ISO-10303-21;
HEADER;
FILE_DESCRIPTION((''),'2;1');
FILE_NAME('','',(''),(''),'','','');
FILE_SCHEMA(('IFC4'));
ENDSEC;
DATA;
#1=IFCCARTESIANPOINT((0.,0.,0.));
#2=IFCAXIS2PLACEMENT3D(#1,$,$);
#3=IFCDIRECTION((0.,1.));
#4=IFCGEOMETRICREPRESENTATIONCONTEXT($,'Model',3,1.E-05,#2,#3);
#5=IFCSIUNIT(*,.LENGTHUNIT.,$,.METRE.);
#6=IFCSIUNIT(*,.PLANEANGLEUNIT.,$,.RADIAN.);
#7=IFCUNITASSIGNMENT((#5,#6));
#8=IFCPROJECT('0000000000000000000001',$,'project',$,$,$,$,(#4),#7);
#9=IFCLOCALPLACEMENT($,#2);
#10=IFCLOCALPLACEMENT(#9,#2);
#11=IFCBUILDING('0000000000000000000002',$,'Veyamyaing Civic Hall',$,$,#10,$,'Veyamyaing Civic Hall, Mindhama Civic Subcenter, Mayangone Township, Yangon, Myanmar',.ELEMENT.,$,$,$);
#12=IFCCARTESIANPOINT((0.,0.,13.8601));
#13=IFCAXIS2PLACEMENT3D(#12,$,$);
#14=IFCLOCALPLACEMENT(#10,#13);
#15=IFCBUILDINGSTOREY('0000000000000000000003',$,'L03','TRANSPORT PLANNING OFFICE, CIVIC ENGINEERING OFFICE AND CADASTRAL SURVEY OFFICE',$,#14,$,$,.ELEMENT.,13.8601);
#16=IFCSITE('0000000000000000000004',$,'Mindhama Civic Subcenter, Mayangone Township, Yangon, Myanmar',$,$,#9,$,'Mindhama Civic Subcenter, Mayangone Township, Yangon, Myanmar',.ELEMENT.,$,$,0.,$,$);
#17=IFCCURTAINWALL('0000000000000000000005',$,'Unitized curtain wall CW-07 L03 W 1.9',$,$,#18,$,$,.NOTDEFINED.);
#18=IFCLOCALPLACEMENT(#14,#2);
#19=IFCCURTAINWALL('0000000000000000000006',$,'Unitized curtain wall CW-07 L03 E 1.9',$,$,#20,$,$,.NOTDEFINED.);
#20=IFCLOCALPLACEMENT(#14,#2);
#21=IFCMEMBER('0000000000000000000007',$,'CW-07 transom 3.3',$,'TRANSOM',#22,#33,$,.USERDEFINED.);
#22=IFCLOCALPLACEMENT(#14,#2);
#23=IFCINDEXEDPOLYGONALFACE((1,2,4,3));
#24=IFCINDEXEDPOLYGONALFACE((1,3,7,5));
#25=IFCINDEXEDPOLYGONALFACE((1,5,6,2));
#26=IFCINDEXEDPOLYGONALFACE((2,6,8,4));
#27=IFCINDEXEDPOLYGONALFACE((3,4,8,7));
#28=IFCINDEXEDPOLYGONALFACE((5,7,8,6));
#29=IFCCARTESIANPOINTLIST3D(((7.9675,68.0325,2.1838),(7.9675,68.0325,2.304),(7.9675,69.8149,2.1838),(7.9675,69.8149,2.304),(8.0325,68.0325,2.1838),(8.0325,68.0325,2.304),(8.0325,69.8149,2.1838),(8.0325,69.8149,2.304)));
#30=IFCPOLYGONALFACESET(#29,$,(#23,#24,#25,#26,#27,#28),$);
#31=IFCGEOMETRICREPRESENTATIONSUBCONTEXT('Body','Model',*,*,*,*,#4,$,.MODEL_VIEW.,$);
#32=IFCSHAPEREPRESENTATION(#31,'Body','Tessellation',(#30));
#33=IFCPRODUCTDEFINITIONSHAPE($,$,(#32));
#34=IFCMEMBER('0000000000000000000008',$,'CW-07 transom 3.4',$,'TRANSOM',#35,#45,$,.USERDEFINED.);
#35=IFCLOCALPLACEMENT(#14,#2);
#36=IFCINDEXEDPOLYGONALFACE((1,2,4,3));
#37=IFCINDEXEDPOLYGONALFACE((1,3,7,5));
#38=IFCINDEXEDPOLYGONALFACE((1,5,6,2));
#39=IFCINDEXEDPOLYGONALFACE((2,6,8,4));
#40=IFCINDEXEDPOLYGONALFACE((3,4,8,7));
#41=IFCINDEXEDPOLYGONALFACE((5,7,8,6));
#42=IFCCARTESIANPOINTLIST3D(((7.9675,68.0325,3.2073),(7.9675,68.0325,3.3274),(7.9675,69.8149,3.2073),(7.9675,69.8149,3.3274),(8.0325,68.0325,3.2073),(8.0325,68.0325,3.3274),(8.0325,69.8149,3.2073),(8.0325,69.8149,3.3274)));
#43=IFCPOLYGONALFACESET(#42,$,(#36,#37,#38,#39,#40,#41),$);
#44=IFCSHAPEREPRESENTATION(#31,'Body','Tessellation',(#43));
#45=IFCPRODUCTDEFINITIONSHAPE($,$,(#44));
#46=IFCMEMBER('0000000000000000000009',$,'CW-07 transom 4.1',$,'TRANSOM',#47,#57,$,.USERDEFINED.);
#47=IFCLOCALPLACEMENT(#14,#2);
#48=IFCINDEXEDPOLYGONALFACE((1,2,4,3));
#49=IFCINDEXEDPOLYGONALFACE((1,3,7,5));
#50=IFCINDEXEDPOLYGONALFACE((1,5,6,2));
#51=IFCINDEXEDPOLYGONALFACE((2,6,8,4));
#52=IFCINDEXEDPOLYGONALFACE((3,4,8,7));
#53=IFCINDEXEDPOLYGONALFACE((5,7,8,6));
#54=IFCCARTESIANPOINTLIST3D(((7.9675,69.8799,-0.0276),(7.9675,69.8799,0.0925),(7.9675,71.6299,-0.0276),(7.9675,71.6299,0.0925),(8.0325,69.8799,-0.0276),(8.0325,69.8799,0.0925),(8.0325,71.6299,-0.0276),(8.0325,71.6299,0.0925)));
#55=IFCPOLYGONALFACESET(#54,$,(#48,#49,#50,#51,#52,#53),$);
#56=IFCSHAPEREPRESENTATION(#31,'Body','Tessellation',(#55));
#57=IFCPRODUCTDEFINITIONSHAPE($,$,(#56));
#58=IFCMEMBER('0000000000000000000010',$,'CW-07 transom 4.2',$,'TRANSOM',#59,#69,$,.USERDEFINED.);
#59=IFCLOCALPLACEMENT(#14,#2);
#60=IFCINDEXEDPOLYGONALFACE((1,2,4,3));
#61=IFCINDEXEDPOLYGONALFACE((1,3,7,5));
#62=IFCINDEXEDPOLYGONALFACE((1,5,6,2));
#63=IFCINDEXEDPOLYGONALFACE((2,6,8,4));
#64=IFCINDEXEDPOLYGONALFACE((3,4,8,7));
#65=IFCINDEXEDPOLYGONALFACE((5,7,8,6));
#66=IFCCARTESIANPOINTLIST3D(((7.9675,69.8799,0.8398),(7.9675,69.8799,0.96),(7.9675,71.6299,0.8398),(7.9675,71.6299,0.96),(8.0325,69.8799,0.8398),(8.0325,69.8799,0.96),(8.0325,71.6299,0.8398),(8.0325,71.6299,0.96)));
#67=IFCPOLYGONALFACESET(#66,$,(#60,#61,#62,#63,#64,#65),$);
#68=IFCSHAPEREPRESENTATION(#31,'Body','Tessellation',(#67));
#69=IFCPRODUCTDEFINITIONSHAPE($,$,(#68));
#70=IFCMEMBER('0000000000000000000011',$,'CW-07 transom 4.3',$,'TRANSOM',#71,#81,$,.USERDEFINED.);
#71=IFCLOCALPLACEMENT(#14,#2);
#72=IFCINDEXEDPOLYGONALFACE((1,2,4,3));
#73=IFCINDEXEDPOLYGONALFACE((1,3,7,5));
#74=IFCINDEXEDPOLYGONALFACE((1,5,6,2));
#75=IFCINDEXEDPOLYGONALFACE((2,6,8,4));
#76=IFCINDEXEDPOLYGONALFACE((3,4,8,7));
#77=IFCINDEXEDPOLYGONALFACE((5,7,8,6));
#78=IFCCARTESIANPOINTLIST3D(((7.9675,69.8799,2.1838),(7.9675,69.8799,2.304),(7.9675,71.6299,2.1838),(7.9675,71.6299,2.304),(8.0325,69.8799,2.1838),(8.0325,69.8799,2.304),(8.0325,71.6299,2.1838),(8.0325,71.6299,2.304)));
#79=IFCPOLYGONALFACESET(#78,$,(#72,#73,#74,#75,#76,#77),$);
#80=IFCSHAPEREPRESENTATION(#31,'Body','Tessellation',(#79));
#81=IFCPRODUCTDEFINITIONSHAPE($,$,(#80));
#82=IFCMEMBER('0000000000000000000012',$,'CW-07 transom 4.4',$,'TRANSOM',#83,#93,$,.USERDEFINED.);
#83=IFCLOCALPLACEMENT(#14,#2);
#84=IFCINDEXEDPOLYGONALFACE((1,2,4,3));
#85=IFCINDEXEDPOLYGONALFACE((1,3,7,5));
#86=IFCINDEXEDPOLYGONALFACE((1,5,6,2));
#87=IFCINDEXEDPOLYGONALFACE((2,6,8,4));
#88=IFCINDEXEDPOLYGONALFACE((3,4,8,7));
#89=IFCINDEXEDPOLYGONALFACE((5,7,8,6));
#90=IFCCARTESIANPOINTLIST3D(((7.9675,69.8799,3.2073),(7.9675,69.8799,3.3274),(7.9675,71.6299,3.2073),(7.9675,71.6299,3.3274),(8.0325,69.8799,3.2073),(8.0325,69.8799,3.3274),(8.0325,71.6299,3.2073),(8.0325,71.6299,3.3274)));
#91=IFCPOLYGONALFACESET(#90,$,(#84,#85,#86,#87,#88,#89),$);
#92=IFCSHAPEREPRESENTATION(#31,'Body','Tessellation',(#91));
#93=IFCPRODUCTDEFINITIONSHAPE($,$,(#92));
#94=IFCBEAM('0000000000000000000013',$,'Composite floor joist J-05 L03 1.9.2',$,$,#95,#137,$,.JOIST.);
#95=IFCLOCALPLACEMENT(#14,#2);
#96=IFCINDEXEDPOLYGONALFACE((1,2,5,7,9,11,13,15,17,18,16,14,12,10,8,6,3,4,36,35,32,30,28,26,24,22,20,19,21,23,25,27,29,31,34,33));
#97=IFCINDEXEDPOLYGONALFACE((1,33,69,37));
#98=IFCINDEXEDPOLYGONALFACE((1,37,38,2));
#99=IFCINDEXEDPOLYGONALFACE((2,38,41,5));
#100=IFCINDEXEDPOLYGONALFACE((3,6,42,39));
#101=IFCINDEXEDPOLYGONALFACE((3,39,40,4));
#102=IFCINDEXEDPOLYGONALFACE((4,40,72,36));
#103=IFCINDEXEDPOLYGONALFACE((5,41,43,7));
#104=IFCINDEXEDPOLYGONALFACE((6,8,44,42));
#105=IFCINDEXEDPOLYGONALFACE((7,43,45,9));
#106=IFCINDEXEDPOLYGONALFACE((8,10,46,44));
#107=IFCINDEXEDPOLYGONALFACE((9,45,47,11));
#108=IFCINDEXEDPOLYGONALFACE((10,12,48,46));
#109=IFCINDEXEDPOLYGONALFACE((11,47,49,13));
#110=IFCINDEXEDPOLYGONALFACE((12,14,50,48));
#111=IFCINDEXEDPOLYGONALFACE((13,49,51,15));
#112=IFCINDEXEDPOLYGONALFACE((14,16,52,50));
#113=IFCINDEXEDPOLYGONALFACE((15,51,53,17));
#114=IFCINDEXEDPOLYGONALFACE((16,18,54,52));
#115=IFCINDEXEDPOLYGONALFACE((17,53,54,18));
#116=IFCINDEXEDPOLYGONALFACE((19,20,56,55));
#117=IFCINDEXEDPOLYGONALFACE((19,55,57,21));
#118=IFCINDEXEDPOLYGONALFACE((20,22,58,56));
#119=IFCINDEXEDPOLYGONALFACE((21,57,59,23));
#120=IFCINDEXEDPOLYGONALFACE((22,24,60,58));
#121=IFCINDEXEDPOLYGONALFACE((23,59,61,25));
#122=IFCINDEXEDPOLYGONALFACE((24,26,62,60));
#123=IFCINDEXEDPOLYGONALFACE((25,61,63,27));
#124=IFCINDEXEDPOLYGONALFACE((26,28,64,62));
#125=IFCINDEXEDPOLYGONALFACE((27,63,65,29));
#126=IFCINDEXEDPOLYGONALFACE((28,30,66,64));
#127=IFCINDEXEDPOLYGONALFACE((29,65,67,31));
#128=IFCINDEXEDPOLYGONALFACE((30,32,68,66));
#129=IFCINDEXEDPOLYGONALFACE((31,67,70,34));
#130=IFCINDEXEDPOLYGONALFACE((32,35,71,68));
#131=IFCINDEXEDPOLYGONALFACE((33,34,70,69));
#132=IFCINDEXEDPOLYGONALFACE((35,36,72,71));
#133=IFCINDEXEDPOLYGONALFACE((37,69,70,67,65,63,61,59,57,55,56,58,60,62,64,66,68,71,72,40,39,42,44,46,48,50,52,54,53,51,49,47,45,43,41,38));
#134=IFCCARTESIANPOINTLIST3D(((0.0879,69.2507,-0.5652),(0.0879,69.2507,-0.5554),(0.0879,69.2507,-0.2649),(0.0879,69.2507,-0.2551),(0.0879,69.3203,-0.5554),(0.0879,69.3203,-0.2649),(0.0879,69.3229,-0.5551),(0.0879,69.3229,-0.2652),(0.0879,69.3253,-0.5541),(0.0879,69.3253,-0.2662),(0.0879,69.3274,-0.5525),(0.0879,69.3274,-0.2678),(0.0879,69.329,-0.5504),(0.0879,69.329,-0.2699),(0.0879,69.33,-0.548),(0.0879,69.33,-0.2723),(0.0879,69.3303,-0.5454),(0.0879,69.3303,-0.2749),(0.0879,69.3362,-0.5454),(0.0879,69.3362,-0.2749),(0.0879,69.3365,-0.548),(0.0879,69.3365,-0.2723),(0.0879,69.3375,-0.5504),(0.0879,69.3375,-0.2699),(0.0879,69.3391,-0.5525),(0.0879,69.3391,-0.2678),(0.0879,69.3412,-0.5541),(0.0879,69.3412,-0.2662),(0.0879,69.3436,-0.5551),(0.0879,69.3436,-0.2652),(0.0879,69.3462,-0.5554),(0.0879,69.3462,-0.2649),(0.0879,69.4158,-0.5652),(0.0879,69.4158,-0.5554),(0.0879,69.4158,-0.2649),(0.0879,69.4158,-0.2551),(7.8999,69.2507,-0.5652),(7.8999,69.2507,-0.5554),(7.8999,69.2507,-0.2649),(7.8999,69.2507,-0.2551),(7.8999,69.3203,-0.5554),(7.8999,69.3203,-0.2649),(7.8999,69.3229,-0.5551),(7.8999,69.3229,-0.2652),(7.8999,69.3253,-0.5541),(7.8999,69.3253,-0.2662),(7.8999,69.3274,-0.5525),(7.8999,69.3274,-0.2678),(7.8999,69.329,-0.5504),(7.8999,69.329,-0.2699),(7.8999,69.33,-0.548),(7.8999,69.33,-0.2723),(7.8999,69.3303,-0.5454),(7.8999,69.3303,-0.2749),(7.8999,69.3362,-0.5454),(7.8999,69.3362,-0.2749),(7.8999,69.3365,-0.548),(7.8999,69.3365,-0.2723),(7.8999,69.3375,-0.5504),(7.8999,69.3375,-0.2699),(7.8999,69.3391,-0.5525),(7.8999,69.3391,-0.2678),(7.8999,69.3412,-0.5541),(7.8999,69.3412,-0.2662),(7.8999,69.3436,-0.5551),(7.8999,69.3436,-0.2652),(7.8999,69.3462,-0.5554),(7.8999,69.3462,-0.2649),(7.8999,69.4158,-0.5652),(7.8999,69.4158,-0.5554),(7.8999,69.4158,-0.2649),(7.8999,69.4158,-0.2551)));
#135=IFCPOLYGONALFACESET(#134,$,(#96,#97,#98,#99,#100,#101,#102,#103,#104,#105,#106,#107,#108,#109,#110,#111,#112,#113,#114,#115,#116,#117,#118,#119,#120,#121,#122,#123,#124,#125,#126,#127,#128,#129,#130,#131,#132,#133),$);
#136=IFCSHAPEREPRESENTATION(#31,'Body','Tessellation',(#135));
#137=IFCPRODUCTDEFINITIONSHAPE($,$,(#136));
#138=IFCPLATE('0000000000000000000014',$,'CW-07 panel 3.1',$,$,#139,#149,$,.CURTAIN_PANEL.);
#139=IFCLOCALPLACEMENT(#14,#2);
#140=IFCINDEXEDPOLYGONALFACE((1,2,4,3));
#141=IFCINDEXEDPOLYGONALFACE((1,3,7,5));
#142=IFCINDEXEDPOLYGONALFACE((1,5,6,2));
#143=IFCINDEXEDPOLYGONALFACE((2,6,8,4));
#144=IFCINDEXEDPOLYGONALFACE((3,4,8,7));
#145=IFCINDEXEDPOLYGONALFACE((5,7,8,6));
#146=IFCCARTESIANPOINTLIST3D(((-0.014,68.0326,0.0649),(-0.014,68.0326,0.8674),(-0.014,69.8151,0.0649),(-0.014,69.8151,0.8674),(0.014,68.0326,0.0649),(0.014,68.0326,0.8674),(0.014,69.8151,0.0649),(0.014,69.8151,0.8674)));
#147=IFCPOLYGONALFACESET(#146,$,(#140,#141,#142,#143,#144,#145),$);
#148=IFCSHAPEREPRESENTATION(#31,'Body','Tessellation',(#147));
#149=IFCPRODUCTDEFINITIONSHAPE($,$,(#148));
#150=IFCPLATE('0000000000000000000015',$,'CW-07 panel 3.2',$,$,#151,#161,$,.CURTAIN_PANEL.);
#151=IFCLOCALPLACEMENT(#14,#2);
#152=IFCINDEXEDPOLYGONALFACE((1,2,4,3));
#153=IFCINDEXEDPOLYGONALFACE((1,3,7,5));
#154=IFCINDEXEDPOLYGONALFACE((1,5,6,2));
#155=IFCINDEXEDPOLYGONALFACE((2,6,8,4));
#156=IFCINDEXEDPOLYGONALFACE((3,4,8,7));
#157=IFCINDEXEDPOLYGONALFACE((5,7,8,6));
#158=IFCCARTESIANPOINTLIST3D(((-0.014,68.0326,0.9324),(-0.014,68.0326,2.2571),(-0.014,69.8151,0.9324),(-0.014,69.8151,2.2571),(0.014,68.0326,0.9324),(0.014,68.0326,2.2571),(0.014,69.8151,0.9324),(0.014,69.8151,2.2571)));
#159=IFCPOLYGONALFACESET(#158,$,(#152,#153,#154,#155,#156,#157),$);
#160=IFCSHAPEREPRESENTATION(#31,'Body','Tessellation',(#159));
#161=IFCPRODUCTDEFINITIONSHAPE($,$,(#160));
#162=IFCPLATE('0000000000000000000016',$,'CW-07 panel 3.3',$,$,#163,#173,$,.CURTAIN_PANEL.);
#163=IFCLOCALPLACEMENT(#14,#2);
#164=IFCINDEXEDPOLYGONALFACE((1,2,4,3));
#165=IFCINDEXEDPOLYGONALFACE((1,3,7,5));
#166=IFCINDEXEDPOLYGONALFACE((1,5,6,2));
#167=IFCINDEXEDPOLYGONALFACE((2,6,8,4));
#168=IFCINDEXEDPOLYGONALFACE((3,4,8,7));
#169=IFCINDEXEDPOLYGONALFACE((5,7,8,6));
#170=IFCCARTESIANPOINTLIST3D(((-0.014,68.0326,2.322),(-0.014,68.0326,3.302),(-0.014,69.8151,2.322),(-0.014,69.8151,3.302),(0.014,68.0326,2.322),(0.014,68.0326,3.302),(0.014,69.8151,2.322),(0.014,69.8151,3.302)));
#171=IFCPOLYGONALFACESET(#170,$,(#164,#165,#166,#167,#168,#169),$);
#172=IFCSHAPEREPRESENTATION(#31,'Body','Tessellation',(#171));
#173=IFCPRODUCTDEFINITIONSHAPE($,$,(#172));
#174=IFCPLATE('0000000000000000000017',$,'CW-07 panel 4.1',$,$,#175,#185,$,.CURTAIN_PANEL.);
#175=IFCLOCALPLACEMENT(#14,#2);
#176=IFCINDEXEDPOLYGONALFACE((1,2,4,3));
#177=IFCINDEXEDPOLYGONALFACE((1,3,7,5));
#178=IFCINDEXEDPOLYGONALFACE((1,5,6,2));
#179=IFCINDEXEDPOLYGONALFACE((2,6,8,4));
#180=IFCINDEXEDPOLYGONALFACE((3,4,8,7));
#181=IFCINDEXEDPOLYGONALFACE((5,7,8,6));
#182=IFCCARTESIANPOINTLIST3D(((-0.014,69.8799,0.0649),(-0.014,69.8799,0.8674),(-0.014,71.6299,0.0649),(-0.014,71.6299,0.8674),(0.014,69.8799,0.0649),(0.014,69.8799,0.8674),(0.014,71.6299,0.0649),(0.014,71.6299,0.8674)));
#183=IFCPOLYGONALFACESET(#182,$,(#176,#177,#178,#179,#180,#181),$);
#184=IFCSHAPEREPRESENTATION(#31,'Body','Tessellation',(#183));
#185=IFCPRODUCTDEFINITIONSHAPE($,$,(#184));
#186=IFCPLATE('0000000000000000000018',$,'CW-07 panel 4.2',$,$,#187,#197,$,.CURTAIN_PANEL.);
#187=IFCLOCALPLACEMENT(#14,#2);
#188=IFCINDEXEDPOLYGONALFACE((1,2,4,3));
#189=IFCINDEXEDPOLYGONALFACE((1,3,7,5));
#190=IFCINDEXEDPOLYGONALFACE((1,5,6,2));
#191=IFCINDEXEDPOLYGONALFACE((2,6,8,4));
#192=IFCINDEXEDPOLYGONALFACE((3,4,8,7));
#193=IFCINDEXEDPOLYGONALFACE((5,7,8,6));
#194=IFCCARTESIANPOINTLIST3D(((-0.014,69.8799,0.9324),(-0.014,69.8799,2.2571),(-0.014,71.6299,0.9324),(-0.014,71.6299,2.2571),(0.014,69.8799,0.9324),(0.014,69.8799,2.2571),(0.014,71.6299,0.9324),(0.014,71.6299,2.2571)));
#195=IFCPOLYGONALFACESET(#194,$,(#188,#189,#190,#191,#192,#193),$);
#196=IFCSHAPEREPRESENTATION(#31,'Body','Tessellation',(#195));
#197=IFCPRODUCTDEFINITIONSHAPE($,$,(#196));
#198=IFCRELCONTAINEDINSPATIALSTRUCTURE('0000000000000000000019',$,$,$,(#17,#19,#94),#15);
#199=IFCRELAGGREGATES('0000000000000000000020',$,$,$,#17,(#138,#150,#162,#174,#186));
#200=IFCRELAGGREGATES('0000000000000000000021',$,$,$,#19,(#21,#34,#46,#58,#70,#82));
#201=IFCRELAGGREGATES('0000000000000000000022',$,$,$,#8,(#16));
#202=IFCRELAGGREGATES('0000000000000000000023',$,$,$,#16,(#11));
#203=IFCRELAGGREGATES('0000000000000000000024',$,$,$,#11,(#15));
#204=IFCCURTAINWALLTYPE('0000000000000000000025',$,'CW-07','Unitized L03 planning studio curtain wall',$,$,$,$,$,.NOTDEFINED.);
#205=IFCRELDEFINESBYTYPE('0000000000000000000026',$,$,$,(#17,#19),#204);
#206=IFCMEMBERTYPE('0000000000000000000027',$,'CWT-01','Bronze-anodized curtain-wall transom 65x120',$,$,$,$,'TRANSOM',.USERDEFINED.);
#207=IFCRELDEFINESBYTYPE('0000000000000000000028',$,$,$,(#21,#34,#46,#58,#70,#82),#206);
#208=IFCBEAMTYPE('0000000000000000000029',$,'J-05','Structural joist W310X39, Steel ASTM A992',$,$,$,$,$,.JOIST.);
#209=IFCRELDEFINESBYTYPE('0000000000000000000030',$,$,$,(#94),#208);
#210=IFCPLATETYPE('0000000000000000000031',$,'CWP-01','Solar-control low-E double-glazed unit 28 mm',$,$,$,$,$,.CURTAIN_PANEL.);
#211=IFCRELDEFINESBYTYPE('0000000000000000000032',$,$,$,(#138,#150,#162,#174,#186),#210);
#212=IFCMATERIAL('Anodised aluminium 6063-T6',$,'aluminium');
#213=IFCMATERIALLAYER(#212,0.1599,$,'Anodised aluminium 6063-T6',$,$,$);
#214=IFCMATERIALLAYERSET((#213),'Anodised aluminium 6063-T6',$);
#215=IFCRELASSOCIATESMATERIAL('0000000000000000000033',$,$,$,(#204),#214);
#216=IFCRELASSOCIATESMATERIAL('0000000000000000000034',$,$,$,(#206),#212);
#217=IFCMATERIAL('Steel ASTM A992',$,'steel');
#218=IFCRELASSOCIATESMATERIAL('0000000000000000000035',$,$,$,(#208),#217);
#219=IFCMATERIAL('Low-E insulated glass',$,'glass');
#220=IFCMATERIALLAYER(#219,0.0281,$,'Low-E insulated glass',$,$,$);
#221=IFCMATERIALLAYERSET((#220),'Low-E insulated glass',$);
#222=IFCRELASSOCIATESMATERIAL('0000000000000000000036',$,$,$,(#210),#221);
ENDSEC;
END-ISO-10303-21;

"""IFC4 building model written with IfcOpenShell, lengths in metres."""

from ifc_helpers import new_model, si_unit, direction, frame, origin, origin_2d, place, context, subcontext, project, spatial, rectangle, i_section, extrude, material, layer, layer_set, material_profile, profile_set, type_object, element, aggregate, save


model = new_model("IFC4")

# Units and contexts
model_context = context("Model", 3, precision=1e-05, world=origin(), true_north=direction((0.0, 1.0)))
body_context = subcontext(model_context, "Body", "Model", "MODEL_VIEW")
ifc_project = project(units=[si_unit("LENGTHUNIT", "METRE"), si_unit("PLANEANGLEUNIT", "RADIAN")], contexts=[model_context])

# Site, building, storey
site_placement = place(None, origin())
site = spatial("IfcSite", under=ifc_project, at=site_placement, Name="Mindhama Civic Subcenter, Mayangone Township, Yangon, Myanmar", LongName="Mindhama Civic Subcenter, Mayangone Township, Yangon, Myanmar", CompositionType="ELEMENT", RefElevation=0.0)
building_placement = place(site_placement, origin())
building = spatial("IfcBuilding", under=site, at=building_placement, Name="Veyamyaing Civic Hall", LongName="Veyamyaing Civic Hall, Mindhama Civic Subcenter, Mayangone Township, Yangon, Myanmar", CompositionType="ELEMENT")
storey_placement = place(building_placement, frame((0.0, 0.0, 13.8601)))
storey = spatial("IfcBuildingStorey", under=building, at=storey_placement, Name="L03", Description="TRANSPORT PLANNING OFFICE, CIVIC ENGINEERING OFFICE AND CADASTRAL SURVEY OFFICE", CompositionType="ELEMENT", Elevation=13.8601)

# Shared definitions
ifc_material_1 = material(Name="Steel ASTM A992", Category="steel")

# Curtain walls
ifc_material_2 = material(Name="Anodised aluminium 6063-T6", Category="aluminium")
ifc_layer_1 = layer(ifc_material_2, 0.1599, Name="Anodised aluminium 6063-T6")
ifc_layer_set_1 = layer_set([ifc_layer_1], Name="Anodised aluminium 6063-T6")
curtain_wall_type = type_object("IfcCurtainWallType", Name="CW-07", Description="Unitized L03 planning studio curtain wall", PredefinedType="NOTDEFINED", material=ifc_layer_set_1)
curtain_wall_1_placement = place(storey_placement, origin())
curtain_wall_1 = element("IfcCurtainWall", 1, at=curtain_wall_1_placement, inside=storey, type_object=curtain_wall_type, Name="Unitized curtain wall CW-07 L03 W 1.9", PredefinedType="NOTDEFINED")
curtain_wall_2_placement = place(storey_placement, origin())
curtain_wall_2 = element("IfcCurtainWall", 2, at=curtain_wall_2_placement, inside=storey, type_object=curtain_wall_type, Name="Unitized curtain wall CW-07 L03 E 1.9", PredefinedType="NOTDEFINED")

# Members
ifc_material_profile_1 = material_profile(ifc_material_2, rectangle(XDim=0.0649, YDim=0.1201, at=origin_2d()), Name="ALU-TRN-65X120")
ifc_profile_set_1 = profile_set([ifc_material_profile_1], Name="Anodised aluminium 6063-T6")
member_type_1 = type_object("IfcMemberType", Name="CWT-01", Description="Bronze-anodized curtain-wall transom 65x120", ElementType="TRANSOM", PredefinedType="USERDEFINED", material=ifc_profile_set_1)
member_1_placement = place(storey_placement, frame((8.0, 68.0325, 2.2439), z_axis=(0.0, 1.0, 0.0), x_axis=(-1.0, 0.0, 0.0)))
member_1 = element("IfcMember", 3, at=member_1_placement, type_object=member_type_1, Name="CW-07 transom 3.3", ObjectType="TRANSOM", PredefinedType="USERDEFINED", context=body_context, shape_type="SweptSolid", body=[
    extrude(rectangle(XDim=0.0649, YDim=0.1201, at=origin_2d()), origin(), (0.0, 0.0, 1.0), 1.7825),
])
member_2_placement = place(storey_placement, frame((8.0, 68.0325, 3.2673), z_axis=(0.0, 1.0, 0.0), x_axis=(-1.0, 0.0, 0.0)))
member_2 = element("IfcMember", 4, at=member_2_placement, type_object=member_type_1, Name="CW-07 transom 3.4", ObjectType="TRANSOM", PredefinedType="USERDEFINED", context=body_context, shape_type="SweptSolid", body=[
    extrude(rectangle(XDim=0.0649, YDim=0.1201, at=origin_2d()), origin(), (0.0, 0.0, 1.0), 1.7825),
])
member_3_placement = place(storey_placement, frame((8.0, 69.8799, 0.0325), z_axis=(0.0, 1.0, 0.0), x_axis=(-1.0, 0.0, 0.0)))
member_3 = element("IfcMember", 5, at=member_3_placement, type_object=member_type_1, Name="CW-07 transom 4.1", ObjectType="TRANSOM", PredefinedType="USERDEFINED", context=body_context, shape_type="SweptSolid", body=[
    extrude(rectangle(XDim=0.0649, YDim=0.1201, at=origin_2d()), origin(), (0.0, 0.0, 1.0), 1.75),
])
member_4_placement = place(storey_placement, frame((8.0, 69.8799, 0.8999), z_axis=(0.0, 1.0, 0.0), x_axis=(-1.0, 0.0, 0.0)))
member_4 = element("IfcMember", 6, at=member_4_placement, type_object=member_type_1, Name="CW-07 transom 4.2", ObjectType="TRANSOM", PredefinedType="USERDEFINED", context=body_context, shape_type="SweptSolid", body=[
    extrude(rectangle(XDim=0.0649, YDim=0.1201, at=origin_2d()), origin(), (0.0, 0.0, 1.0), 1.75),
])
member_5_placement = place(storey_placement, frame((8.0, 69.8799, 2.2439), z_axis=(0.0, 1.0, 0.0), x_axis=(-1.0, 0.0, 0.0)))
member_5 = element("IfcMember", 7, at=member_5_placement, type_object=member_type_1, Name="CW-07 transom 4.3", ObjectType="TRANSOM", PredefinedType="USERDEFINED", context=body_context, shape_type="SweptSolid", body=[
    extrude(rectangle(XDim=0.0649, YDim=0.1201, at=origin_2d()), origin(), (0.0, 0.0, 1.0), 1.75),
])
member_6_placement = place(storey_placement, frame((8.0, 69.8799, 3.2673), z_axis=(0.0, 1.0, 0.0), x_axis=(-1.0, 0.0, 0.0)))
member_6 = element("IfcMember", 8, at=member_6_placement, type_object=member_type_1, Name="CW-07 transom 4.4", ObjectType="TRANSOM", PredefinedType="USERDEFINED", context=body_context, shape_type="SweptSolid", body=[
    extrude(rectangle(XDim=0.0649, YDim=0.1201, at=origin_2d()), origin(), (0.0, 0.0, 1.0), 1.75),
])

# Beam
ifc_material_profile_2 = material_profile(ifc_material_1, i_section(OverallWidth=0.165, OverallDepth=0.3101, WebThickness=0.0059, FlangeThickness=0.0098, FilletRadius=0.01, at=origin_2d()), Name="W310X39")
ifc_profile_set_2 = profile_set([ifc_material_profile_2], Name="Steel ASTM A992")
beam_type_1 = type_object("IfcBeamType", Name="J-05", Description="Structural joist W310X39, Steel ASTM A992", PredefinedType="JOIST", material=ifc_profile_set_2)
beam_1_placement = place(storey_placement, frame((0.0879, 69.3333, -0.4102), z_axis=(1.0, 0.0, 0.0), x_axis=(0.0, 1.0, 0.0)))
element("IfcBeam", 9, at=beam_1_placement, inside=storey, type_object=beam_type_1, Name="Composite floor joist J-05 L03 1.9.2", PredefinedType="JOIST", context=body_context, shape_type="SweptSolid", body=[
    extrude(i_section(OverallWidth=0.165, OverallDepth=0.3101, WebThickness=0.0059, FlangeThickness=0.0098, FilletRadius=0.01, at=origin_2d()), origin(), (0.0, 0.0, 1.0), 7.812),
])

# Plates
ifc_material_3 = material(Name="Low-E insulated glass", Category="glass")
ifc_layer_2 = layer(ifc_material_3, 0.0281, Name="Low-E insulated glass")
ifc_layer_set_2 = layer_set([ifc_layer_2], Name="Low-E insulated glass")
plate_type = type_object("IfcPlateType", Name="CWP-01", Description="Solar-control low-E double-glazed unit 28 mm", PredefinedType="CURTAIN_PANEL", material=ifc_layer_set_2)
plate_1_placement = place(storey_placement, frame((0.0, 68.9238, 0.0649), z_axis=(0.0, 0.0, 1.0), x_axis=(0.0, 1.0, 0.0)))
plate_1 = element("IfcPlate", 10, at=plate_1_placement, type_object=plate_type, Name="CW-07 panel 3.1", PredefinedType="CURTAIN_PANEL", context=body_context, shape_type="SweptSolid", body=[
    extrude(rectangle(XDim=1.7825, YDim=0.0281, at=origin_2d()), origin(), (0.0, 0.0, 1.0), 0.8025),
])
plate_2_placement = place(storey_placement, frame((0.0, 68.9238, 0.9324), z_axis=(0.0, 0.0, 1.0), x_axis=(0.0, 1.0, 0.0)))
plate_2 = element("IfcPlate", 11, at=plate_2_placement, type_object=plate_type, Name="CW-07 panel 3.2", PredefinedType="CURTAIN_PANEL", context=body_context, shape_type="SweptSolid", body=[
    extrude(rectangle(XDim=1.7825, YDim=0.0281, at=origin_2d()), origin(), (0.0, 0.0, 1.0), 1.3247),
])
plate_3_placement = place(storey_placement, frame((0.0, 68.9238, 2.322), z_axis=(0.0, 0.0, 1.0), x_axis=(0.0, 1.0, 0.0)))
plate_3 = element("IfcPlate", 12, at=plate_3_placement, type_object=plate_type, Name="CW-07 panel 3.3", PredefinedType="CURTAIN_PANEL", context=body_context, shape_type="SweptSolid", body=[
    extrude(rectangle(XDim=1.7825, YDim=0.0281, at=origin_2d()), origin(), (0.0, 0.0, 1.0), 0.98),
])
plate_4_placement = place(storey_placement, frame((0.0, 70.7549, 0.0649), z_axis=(0.0, 0.0, 1.0), x_axis=(0.0, 1.0, 0.0)))
plate_4 = element("IfcPlate", 13, at=plate_4_placement, type_object=plate_type, Name="CW-07 panel 4.1", PredefinedType="CURTAIN_PANEL", context=body_context, shape_type="SweptSolid", body=[
    extrude(rectangle(XDim=1.75, YDim=0.0281, at=origin_2d()), origin(), (0.0, 0.0, 1.0), 0.8025),
])
plate_5_placement = place(storey_placement, frame((0.0, 70.7549, 0.9324), z_axis=(0.0, 0.0, 1.0), x_axis=(0.0, 1.0, 0.0)))
plate_5 = element("IfcPlate", 14, at=plate_5_placement, type_object=plate_type, Name="CW-07 panel 4.2", PredefinedType="CURTAIN_PANEL", context=body_context, shape_type="SweptSolid", body=[
    extrude(rectangle(XDim=1.75, YDim=0.0281, at=origin_2d()), origin(), (0.0, 0.0, 1.0), 1.3247),
])
aggregate(curtain_wall_1, [plate_1, plate_2, plate_3, plate_4, plate_5])
aggregate(curtain_wall_2, [member_1, member_2, member_3, member_4, member_5, member_6])

save(model, "model.ifc")
